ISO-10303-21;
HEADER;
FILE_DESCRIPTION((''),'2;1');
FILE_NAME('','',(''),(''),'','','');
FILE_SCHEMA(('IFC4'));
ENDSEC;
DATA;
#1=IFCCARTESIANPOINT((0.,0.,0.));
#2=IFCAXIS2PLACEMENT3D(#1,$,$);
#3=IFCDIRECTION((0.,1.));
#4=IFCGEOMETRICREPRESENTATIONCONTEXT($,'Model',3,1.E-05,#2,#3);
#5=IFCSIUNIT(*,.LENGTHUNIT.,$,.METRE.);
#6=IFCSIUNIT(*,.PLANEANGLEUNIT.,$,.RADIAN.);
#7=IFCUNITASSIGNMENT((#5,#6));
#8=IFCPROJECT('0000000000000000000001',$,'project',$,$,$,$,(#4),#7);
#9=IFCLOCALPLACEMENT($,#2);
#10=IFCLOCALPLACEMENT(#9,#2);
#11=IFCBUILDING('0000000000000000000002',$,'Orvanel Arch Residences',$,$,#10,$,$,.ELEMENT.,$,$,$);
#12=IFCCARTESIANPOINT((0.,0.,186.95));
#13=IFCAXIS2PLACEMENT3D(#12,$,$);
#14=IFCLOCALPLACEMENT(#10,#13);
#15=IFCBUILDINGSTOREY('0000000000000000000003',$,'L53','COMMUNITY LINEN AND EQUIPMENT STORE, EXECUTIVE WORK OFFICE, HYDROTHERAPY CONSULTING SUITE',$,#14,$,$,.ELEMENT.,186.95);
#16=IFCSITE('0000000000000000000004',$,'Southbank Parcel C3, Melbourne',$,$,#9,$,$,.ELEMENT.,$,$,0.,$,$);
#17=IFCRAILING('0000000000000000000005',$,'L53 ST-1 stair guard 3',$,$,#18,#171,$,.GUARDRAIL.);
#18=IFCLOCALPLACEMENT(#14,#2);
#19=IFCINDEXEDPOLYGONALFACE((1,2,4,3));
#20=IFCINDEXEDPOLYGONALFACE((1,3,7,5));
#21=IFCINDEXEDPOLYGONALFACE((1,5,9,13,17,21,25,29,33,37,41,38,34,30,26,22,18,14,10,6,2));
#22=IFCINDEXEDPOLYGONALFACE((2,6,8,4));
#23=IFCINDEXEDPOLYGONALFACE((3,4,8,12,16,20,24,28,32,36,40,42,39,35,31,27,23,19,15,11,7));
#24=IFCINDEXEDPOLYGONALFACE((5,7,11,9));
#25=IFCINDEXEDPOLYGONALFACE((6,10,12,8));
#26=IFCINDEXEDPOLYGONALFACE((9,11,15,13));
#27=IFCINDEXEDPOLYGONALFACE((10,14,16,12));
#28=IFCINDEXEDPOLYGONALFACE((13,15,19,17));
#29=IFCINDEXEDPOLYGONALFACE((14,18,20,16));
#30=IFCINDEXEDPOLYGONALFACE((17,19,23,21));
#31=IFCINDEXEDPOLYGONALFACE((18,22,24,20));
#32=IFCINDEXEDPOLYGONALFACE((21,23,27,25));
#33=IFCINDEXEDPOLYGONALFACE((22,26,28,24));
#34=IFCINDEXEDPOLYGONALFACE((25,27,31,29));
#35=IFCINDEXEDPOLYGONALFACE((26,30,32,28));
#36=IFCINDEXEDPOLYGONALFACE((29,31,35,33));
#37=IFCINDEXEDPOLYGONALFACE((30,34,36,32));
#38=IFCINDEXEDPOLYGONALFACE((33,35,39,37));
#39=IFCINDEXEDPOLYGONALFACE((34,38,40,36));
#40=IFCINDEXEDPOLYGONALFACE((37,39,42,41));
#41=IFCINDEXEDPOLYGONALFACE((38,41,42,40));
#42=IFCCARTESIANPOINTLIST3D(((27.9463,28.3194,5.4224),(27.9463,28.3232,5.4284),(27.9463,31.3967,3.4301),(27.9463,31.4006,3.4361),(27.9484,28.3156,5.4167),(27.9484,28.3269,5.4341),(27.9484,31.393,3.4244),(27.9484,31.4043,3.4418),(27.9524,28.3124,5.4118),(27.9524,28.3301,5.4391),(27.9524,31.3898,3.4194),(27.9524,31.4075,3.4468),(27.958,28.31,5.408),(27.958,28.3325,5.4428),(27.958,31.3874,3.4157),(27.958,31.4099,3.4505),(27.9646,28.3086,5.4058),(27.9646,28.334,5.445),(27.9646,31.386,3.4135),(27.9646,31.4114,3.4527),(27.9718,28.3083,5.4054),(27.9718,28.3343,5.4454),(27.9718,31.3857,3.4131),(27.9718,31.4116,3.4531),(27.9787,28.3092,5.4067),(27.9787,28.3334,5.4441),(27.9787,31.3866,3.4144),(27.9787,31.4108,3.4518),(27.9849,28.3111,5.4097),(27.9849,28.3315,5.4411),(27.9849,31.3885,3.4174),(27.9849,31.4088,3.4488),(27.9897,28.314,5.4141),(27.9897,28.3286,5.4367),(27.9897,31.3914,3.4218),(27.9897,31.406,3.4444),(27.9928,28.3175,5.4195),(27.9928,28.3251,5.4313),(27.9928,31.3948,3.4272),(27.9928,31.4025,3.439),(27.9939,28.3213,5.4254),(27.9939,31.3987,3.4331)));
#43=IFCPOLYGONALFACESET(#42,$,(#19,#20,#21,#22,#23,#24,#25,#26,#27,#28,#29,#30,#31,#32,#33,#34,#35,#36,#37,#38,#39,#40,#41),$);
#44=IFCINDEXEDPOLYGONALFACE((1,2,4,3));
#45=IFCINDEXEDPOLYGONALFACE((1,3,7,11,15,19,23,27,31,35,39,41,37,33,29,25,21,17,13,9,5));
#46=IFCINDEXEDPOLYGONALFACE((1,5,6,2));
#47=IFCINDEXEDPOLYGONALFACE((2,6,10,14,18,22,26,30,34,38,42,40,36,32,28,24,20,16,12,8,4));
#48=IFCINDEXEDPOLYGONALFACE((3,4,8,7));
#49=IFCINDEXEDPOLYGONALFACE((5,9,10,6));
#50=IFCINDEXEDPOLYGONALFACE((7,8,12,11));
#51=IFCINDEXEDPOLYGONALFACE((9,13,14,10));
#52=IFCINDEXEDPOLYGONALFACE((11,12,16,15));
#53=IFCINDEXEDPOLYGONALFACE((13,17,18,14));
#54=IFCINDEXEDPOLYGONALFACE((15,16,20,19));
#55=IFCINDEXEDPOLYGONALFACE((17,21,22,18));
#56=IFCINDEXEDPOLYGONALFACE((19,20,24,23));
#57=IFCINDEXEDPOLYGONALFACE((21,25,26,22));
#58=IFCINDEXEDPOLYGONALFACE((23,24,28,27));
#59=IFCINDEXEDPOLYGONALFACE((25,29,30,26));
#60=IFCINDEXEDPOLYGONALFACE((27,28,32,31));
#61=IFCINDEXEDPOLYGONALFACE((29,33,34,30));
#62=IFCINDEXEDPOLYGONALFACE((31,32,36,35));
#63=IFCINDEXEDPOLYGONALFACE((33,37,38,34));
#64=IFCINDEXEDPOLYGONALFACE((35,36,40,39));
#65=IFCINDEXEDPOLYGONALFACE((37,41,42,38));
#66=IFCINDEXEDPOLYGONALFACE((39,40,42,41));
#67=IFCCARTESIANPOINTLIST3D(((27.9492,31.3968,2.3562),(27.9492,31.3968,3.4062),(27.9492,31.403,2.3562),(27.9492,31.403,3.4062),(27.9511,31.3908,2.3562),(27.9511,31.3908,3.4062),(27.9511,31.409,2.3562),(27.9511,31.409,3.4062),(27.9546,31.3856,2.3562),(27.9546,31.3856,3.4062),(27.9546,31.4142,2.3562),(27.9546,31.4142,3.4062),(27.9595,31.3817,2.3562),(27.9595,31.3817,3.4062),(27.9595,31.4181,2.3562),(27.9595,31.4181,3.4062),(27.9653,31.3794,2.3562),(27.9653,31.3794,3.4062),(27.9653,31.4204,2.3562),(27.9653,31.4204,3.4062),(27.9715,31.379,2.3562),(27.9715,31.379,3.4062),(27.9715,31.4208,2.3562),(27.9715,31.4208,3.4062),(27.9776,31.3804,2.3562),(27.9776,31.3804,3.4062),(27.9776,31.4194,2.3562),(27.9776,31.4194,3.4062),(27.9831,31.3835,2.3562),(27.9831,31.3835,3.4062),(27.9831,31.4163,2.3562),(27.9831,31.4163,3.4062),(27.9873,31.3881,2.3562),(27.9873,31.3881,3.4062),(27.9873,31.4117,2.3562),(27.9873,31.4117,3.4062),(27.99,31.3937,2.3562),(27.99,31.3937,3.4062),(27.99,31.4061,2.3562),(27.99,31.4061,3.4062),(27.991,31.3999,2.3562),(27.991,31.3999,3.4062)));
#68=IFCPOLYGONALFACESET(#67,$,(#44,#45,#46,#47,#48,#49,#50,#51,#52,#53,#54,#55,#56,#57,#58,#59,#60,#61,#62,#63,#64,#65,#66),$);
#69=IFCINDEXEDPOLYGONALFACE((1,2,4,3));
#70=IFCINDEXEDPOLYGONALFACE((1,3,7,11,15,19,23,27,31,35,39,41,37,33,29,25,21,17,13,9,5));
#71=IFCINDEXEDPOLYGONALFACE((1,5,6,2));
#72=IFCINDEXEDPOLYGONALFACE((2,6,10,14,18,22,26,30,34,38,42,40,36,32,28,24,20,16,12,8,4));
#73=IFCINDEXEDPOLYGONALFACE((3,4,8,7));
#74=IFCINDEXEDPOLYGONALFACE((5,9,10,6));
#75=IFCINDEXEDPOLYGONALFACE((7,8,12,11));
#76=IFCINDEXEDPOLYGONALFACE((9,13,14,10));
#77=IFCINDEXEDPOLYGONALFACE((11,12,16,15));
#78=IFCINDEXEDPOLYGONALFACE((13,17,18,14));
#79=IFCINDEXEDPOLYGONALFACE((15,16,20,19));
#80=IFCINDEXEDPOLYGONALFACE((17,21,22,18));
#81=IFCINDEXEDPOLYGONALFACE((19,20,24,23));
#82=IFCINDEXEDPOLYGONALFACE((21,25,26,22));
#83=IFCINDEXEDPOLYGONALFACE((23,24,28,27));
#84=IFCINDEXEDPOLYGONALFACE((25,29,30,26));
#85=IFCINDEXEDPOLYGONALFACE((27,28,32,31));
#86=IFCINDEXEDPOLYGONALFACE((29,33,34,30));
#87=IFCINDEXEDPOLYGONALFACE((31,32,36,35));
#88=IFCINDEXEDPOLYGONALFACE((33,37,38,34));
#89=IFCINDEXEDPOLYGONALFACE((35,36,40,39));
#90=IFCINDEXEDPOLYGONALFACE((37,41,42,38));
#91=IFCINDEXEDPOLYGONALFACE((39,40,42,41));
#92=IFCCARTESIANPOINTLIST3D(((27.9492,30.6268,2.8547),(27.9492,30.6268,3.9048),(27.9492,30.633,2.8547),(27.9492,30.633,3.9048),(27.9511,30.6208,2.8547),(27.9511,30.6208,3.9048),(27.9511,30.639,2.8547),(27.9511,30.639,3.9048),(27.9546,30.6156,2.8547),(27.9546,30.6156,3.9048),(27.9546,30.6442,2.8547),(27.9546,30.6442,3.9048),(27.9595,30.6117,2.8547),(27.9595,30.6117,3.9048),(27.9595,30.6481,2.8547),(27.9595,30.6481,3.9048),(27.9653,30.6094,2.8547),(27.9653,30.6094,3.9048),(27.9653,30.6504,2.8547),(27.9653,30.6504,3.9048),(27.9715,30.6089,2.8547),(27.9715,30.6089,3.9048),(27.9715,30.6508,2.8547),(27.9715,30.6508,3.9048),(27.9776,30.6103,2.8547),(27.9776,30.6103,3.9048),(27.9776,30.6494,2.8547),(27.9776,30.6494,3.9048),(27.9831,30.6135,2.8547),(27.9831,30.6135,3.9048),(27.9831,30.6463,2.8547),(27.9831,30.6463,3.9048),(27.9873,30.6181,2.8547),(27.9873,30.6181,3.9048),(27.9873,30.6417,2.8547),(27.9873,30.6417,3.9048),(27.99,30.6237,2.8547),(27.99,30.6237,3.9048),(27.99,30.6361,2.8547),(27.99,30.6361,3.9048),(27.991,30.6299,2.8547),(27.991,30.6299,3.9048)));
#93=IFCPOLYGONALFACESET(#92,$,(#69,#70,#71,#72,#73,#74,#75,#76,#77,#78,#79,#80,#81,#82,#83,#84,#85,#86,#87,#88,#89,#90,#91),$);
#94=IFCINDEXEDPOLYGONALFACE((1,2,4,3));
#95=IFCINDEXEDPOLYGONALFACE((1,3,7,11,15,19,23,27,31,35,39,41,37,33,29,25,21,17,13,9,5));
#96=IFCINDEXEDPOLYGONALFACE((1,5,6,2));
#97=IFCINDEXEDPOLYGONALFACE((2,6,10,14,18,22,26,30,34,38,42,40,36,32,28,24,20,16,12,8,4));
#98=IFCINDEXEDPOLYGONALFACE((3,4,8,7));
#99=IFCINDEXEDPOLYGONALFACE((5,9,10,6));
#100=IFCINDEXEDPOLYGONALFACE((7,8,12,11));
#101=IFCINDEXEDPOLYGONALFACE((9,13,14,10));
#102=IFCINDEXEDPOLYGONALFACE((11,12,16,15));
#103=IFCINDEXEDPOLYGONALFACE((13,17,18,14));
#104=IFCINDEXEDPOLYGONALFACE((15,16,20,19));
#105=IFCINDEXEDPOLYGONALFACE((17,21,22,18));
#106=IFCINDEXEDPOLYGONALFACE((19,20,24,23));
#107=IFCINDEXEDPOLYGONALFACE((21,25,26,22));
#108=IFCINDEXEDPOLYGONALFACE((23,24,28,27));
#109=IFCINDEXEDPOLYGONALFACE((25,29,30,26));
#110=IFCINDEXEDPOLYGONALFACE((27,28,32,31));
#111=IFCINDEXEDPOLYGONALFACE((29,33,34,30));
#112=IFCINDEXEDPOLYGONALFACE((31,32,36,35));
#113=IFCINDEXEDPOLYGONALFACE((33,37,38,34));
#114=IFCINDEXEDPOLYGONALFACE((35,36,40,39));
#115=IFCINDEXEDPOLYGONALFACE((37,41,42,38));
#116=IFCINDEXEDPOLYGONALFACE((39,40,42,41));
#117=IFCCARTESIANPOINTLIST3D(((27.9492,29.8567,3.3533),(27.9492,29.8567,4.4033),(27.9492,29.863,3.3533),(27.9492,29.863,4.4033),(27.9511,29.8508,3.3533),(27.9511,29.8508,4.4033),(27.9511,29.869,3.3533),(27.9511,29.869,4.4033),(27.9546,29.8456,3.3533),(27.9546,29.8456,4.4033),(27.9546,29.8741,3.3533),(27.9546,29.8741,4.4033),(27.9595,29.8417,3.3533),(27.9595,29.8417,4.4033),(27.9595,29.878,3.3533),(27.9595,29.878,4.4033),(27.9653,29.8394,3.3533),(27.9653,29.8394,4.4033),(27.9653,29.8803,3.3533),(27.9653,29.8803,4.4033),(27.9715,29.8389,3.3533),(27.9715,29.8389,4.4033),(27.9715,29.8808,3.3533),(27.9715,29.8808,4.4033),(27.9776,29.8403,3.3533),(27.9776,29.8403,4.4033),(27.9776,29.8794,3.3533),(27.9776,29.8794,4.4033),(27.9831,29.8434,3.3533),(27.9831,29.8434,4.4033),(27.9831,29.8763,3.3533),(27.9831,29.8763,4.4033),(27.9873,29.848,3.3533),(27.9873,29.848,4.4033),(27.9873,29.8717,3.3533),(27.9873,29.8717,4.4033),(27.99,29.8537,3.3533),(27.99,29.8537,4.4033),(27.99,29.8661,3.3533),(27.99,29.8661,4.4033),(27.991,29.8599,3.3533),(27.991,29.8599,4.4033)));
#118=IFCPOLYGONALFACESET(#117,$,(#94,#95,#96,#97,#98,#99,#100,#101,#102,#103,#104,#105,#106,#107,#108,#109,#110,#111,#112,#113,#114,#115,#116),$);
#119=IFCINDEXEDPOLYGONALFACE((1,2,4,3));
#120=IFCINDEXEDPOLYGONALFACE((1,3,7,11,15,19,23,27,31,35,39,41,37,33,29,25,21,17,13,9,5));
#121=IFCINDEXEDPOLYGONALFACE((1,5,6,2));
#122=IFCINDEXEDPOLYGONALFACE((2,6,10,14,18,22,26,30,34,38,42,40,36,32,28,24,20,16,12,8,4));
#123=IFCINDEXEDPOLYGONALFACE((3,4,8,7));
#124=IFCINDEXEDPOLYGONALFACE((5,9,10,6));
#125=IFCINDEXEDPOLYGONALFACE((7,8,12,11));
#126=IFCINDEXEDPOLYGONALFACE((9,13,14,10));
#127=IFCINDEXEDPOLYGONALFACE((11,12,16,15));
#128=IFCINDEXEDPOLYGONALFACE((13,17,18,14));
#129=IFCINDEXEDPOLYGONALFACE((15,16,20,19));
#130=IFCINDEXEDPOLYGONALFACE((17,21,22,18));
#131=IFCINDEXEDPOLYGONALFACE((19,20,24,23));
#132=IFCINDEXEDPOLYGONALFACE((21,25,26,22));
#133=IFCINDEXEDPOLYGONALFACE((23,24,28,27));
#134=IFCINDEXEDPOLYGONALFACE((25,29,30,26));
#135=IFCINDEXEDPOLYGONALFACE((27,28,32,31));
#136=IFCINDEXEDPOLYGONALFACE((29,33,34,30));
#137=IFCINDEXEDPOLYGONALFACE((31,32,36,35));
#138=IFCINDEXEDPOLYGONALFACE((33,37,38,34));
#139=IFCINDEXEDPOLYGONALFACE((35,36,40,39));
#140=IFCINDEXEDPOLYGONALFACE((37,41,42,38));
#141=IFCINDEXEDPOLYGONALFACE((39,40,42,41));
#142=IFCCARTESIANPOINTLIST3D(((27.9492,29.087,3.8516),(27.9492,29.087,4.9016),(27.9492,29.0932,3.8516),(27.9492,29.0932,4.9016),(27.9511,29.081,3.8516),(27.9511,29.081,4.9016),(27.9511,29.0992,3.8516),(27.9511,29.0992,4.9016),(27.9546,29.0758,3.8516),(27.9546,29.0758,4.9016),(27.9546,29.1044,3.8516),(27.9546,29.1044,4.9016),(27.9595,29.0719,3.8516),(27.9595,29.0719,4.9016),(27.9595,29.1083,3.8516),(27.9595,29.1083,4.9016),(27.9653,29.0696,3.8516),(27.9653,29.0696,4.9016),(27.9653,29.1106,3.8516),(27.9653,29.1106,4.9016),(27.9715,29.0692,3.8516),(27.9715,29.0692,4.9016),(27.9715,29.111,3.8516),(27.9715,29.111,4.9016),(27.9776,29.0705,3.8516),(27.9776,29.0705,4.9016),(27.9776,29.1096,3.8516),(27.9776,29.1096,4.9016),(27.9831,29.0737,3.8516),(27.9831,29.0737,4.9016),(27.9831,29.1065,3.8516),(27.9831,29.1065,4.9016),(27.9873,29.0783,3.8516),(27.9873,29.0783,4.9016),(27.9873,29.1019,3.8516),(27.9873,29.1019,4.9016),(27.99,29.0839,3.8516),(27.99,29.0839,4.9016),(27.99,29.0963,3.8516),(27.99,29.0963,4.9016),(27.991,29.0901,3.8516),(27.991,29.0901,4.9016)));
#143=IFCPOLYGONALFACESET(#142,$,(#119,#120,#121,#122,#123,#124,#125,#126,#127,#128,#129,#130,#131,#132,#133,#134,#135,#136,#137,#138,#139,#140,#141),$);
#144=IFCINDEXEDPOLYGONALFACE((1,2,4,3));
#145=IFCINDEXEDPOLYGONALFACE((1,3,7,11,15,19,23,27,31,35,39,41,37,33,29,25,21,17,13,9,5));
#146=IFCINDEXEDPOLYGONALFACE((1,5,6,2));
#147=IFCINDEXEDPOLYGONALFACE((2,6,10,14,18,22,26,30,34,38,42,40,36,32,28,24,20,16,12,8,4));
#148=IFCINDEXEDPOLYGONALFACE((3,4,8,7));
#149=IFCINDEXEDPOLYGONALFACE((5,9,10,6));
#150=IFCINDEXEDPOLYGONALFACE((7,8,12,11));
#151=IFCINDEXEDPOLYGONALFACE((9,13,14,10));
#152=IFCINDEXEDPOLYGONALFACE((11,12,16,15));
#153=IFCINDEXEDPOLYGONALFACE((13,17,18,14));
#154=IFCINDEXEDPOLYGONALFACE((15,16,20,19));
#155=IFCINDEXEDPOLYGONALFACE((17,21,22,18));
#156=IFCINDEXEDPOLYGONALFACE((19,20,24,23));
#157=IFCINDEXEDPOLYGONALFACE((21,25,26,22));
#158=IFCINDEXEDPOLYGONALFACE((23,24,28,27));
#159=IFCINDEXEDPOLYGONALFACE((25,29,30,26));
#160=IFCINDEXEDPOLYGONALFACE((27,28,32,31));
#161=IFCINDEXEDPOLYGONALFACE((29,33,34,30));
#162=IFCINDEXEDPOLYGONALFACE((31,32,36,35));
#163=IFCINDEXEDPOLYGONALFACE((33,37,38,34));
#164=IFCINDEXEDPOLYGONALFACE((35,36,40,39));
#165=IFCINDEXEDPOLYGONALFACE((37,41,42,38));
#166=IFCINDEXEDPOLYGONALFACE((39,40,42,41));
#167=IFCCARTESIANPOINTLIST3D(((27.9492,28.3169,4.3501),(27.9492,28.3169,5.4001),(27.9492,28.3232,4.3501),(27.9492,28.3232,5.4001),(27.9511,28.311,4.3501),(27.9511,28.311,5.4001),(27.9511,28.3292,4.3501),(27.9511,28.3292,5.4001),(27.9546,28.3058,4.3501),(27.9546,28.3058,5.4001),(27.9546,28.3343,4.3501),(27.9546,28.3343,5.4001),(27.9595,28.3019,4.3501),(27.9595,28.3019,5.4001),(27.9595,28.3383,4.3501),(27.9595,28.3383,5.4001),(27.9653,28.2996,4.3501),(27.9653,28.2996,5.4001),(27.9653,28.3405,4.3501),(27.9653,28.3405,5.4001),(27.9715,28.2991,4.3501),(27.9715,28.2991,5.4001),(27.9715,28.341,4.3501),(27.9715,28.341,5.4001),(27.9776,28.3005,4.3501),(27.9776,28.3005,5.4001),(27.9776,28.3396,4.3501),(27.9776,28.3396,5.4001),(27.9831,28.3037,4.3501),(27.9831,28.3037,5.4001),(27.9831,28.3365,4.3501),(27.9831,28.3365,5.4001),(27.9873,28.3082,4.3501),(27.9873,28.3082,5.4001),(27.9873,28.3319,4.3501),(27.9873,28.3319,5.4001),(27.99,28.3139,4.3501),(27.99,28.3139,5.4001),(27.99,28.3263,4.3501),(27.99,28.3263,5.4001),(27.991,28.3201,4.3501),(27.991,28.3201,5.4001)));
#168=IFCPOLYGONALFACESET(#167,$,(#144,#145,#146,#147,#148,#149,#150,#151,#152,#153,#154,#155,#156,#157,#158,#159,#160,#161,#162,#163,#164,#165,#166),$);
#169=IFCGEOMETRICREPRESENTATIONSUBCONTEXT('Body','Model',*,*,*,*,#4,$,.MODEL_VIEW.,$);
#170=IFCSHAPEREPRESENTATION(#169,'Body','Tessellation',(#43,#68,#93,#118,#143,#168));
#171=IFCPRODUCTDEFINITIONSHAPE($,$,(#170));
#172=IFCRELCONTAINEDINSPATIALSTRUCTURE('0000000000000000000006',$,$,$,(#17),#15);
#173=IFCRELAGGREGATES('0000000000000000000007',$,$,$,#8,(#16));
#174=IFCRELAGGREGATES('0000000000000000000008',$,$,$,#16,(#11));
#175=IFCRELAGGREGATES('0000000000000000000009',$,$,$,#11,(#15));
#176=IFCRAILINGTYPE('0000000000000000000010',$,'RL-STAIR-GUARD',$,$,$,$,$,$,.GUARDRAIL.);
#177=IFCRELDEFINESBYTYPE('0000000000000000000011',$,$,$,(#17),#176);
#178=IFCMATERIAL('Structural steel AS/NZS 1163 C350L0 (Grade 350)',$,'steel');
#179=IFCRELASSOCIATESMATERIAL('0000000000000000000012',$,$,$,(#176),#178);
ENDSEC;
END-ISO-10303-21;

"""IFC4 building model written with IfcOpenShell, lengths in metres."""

from ifc_helpers import new_model, si_unit, direction, frame, origin, origin_2d, place, context, subcontext, project, spatial, circle, extrude, material, type_object, element, save


model = new_model("IFC4")

# Units and contexts
model_context = context("Model", 3, precision=1e-05, world=origin(), true_north=direction((0.0, 1.0)))
body_context = subcontext(model_context, "Body", "Model", "MODEL_VIEW")
ifc_project = project(units=[si_unit("LENGTHUNIT", "METRE"), si_unit("PLANEANGLEUNIT", "RADIAN")], contexts=[model_context])

# Site, building, storey
site_placement = place(None, origin())
site = spatial("IfcSite", under=ifc_project, at=site_placement, Name="Southbank Parcel C3, Melbourne", CompositionType="ELEMENT", RefElevation=0.0)
building_placement = place(site_placement, origin())
building = spatial("IfcBuilding", under=site, at=building_placement, Name="Orvanel Arch Residences", CompositionType="ELEMENT")
storey_placement = place(building_placement, frame((0.0, 0.0, 186.95)))
storey = spatial("IfcBuildingStorey", under=building, at=storey_placement, Name="L53", Description="COMMUNITY LINEN AND EQUIPMENT STORE, EXECUTIVE WORK OFFICE, HYDROTHERAPY CONSULTING SUITE", CompositionType="ELEMENT", Elevation=186.95)

# Railing
ifc_material_1 = material(Name="Structural steel AS/NZS 1163 C350L0 (Grade 350)", Category="steel")
railing_type_1 = type_object("IfcRailingType", Name="RL-STAIR-GUARD", PredefinedType="GUARDRAIL", material=ifc_material_1)
railing_1_placement = place(storey_placement, frame((27.97, 31.3999, 2.3562)))
element("IfcRailing", 1, at=railing_1_placement, inside=storey, type_object=railing_type_1, Name="L53 ST-1 stair guard 3", PredefinedType="GUARDRAIL", context=body_context, shape_type="SweptSolid", body=[
    extrude(circle(Radius=0.0239, at=origin_2d()), frame((0.0, -0.0012, 1.0769), z_axis=(0.0, -0.839438, 0.543455), x_axis=(1.0, 0.0, 0.0)), (0.0, 0.0, 1.0), 3.666),
    extrude(circle(Radius=0.021, at=origin_2d()), origin(), (0.0, 0.0, 1.0), 1.05),
    extrude(circle(Radius=0.021, at=origin_2d()), frame((0.0, -0.77, 0.4985)), (0.0, 0.0, 1.0), 1.05),
    extrude(circle(Radius=0.021, at=origin_2d()), frame((0.0, -1.54, 0.9971)), (0.0, 0.0, 1.0), 1.05),
    extrude(circle(Radius=0.021, at=origin_2d()), frame((0.0, -2.3098, 1.4954)), (0.0, 0.0, 1.0), 1.05),
    extrude(circle(Radius=0.021, at=origin_2d()), frame((0.0, -3.0798, 1.9939)), (0.0, 0.0, 1.0), 1.05),
])

save(model, "model.ifc")
